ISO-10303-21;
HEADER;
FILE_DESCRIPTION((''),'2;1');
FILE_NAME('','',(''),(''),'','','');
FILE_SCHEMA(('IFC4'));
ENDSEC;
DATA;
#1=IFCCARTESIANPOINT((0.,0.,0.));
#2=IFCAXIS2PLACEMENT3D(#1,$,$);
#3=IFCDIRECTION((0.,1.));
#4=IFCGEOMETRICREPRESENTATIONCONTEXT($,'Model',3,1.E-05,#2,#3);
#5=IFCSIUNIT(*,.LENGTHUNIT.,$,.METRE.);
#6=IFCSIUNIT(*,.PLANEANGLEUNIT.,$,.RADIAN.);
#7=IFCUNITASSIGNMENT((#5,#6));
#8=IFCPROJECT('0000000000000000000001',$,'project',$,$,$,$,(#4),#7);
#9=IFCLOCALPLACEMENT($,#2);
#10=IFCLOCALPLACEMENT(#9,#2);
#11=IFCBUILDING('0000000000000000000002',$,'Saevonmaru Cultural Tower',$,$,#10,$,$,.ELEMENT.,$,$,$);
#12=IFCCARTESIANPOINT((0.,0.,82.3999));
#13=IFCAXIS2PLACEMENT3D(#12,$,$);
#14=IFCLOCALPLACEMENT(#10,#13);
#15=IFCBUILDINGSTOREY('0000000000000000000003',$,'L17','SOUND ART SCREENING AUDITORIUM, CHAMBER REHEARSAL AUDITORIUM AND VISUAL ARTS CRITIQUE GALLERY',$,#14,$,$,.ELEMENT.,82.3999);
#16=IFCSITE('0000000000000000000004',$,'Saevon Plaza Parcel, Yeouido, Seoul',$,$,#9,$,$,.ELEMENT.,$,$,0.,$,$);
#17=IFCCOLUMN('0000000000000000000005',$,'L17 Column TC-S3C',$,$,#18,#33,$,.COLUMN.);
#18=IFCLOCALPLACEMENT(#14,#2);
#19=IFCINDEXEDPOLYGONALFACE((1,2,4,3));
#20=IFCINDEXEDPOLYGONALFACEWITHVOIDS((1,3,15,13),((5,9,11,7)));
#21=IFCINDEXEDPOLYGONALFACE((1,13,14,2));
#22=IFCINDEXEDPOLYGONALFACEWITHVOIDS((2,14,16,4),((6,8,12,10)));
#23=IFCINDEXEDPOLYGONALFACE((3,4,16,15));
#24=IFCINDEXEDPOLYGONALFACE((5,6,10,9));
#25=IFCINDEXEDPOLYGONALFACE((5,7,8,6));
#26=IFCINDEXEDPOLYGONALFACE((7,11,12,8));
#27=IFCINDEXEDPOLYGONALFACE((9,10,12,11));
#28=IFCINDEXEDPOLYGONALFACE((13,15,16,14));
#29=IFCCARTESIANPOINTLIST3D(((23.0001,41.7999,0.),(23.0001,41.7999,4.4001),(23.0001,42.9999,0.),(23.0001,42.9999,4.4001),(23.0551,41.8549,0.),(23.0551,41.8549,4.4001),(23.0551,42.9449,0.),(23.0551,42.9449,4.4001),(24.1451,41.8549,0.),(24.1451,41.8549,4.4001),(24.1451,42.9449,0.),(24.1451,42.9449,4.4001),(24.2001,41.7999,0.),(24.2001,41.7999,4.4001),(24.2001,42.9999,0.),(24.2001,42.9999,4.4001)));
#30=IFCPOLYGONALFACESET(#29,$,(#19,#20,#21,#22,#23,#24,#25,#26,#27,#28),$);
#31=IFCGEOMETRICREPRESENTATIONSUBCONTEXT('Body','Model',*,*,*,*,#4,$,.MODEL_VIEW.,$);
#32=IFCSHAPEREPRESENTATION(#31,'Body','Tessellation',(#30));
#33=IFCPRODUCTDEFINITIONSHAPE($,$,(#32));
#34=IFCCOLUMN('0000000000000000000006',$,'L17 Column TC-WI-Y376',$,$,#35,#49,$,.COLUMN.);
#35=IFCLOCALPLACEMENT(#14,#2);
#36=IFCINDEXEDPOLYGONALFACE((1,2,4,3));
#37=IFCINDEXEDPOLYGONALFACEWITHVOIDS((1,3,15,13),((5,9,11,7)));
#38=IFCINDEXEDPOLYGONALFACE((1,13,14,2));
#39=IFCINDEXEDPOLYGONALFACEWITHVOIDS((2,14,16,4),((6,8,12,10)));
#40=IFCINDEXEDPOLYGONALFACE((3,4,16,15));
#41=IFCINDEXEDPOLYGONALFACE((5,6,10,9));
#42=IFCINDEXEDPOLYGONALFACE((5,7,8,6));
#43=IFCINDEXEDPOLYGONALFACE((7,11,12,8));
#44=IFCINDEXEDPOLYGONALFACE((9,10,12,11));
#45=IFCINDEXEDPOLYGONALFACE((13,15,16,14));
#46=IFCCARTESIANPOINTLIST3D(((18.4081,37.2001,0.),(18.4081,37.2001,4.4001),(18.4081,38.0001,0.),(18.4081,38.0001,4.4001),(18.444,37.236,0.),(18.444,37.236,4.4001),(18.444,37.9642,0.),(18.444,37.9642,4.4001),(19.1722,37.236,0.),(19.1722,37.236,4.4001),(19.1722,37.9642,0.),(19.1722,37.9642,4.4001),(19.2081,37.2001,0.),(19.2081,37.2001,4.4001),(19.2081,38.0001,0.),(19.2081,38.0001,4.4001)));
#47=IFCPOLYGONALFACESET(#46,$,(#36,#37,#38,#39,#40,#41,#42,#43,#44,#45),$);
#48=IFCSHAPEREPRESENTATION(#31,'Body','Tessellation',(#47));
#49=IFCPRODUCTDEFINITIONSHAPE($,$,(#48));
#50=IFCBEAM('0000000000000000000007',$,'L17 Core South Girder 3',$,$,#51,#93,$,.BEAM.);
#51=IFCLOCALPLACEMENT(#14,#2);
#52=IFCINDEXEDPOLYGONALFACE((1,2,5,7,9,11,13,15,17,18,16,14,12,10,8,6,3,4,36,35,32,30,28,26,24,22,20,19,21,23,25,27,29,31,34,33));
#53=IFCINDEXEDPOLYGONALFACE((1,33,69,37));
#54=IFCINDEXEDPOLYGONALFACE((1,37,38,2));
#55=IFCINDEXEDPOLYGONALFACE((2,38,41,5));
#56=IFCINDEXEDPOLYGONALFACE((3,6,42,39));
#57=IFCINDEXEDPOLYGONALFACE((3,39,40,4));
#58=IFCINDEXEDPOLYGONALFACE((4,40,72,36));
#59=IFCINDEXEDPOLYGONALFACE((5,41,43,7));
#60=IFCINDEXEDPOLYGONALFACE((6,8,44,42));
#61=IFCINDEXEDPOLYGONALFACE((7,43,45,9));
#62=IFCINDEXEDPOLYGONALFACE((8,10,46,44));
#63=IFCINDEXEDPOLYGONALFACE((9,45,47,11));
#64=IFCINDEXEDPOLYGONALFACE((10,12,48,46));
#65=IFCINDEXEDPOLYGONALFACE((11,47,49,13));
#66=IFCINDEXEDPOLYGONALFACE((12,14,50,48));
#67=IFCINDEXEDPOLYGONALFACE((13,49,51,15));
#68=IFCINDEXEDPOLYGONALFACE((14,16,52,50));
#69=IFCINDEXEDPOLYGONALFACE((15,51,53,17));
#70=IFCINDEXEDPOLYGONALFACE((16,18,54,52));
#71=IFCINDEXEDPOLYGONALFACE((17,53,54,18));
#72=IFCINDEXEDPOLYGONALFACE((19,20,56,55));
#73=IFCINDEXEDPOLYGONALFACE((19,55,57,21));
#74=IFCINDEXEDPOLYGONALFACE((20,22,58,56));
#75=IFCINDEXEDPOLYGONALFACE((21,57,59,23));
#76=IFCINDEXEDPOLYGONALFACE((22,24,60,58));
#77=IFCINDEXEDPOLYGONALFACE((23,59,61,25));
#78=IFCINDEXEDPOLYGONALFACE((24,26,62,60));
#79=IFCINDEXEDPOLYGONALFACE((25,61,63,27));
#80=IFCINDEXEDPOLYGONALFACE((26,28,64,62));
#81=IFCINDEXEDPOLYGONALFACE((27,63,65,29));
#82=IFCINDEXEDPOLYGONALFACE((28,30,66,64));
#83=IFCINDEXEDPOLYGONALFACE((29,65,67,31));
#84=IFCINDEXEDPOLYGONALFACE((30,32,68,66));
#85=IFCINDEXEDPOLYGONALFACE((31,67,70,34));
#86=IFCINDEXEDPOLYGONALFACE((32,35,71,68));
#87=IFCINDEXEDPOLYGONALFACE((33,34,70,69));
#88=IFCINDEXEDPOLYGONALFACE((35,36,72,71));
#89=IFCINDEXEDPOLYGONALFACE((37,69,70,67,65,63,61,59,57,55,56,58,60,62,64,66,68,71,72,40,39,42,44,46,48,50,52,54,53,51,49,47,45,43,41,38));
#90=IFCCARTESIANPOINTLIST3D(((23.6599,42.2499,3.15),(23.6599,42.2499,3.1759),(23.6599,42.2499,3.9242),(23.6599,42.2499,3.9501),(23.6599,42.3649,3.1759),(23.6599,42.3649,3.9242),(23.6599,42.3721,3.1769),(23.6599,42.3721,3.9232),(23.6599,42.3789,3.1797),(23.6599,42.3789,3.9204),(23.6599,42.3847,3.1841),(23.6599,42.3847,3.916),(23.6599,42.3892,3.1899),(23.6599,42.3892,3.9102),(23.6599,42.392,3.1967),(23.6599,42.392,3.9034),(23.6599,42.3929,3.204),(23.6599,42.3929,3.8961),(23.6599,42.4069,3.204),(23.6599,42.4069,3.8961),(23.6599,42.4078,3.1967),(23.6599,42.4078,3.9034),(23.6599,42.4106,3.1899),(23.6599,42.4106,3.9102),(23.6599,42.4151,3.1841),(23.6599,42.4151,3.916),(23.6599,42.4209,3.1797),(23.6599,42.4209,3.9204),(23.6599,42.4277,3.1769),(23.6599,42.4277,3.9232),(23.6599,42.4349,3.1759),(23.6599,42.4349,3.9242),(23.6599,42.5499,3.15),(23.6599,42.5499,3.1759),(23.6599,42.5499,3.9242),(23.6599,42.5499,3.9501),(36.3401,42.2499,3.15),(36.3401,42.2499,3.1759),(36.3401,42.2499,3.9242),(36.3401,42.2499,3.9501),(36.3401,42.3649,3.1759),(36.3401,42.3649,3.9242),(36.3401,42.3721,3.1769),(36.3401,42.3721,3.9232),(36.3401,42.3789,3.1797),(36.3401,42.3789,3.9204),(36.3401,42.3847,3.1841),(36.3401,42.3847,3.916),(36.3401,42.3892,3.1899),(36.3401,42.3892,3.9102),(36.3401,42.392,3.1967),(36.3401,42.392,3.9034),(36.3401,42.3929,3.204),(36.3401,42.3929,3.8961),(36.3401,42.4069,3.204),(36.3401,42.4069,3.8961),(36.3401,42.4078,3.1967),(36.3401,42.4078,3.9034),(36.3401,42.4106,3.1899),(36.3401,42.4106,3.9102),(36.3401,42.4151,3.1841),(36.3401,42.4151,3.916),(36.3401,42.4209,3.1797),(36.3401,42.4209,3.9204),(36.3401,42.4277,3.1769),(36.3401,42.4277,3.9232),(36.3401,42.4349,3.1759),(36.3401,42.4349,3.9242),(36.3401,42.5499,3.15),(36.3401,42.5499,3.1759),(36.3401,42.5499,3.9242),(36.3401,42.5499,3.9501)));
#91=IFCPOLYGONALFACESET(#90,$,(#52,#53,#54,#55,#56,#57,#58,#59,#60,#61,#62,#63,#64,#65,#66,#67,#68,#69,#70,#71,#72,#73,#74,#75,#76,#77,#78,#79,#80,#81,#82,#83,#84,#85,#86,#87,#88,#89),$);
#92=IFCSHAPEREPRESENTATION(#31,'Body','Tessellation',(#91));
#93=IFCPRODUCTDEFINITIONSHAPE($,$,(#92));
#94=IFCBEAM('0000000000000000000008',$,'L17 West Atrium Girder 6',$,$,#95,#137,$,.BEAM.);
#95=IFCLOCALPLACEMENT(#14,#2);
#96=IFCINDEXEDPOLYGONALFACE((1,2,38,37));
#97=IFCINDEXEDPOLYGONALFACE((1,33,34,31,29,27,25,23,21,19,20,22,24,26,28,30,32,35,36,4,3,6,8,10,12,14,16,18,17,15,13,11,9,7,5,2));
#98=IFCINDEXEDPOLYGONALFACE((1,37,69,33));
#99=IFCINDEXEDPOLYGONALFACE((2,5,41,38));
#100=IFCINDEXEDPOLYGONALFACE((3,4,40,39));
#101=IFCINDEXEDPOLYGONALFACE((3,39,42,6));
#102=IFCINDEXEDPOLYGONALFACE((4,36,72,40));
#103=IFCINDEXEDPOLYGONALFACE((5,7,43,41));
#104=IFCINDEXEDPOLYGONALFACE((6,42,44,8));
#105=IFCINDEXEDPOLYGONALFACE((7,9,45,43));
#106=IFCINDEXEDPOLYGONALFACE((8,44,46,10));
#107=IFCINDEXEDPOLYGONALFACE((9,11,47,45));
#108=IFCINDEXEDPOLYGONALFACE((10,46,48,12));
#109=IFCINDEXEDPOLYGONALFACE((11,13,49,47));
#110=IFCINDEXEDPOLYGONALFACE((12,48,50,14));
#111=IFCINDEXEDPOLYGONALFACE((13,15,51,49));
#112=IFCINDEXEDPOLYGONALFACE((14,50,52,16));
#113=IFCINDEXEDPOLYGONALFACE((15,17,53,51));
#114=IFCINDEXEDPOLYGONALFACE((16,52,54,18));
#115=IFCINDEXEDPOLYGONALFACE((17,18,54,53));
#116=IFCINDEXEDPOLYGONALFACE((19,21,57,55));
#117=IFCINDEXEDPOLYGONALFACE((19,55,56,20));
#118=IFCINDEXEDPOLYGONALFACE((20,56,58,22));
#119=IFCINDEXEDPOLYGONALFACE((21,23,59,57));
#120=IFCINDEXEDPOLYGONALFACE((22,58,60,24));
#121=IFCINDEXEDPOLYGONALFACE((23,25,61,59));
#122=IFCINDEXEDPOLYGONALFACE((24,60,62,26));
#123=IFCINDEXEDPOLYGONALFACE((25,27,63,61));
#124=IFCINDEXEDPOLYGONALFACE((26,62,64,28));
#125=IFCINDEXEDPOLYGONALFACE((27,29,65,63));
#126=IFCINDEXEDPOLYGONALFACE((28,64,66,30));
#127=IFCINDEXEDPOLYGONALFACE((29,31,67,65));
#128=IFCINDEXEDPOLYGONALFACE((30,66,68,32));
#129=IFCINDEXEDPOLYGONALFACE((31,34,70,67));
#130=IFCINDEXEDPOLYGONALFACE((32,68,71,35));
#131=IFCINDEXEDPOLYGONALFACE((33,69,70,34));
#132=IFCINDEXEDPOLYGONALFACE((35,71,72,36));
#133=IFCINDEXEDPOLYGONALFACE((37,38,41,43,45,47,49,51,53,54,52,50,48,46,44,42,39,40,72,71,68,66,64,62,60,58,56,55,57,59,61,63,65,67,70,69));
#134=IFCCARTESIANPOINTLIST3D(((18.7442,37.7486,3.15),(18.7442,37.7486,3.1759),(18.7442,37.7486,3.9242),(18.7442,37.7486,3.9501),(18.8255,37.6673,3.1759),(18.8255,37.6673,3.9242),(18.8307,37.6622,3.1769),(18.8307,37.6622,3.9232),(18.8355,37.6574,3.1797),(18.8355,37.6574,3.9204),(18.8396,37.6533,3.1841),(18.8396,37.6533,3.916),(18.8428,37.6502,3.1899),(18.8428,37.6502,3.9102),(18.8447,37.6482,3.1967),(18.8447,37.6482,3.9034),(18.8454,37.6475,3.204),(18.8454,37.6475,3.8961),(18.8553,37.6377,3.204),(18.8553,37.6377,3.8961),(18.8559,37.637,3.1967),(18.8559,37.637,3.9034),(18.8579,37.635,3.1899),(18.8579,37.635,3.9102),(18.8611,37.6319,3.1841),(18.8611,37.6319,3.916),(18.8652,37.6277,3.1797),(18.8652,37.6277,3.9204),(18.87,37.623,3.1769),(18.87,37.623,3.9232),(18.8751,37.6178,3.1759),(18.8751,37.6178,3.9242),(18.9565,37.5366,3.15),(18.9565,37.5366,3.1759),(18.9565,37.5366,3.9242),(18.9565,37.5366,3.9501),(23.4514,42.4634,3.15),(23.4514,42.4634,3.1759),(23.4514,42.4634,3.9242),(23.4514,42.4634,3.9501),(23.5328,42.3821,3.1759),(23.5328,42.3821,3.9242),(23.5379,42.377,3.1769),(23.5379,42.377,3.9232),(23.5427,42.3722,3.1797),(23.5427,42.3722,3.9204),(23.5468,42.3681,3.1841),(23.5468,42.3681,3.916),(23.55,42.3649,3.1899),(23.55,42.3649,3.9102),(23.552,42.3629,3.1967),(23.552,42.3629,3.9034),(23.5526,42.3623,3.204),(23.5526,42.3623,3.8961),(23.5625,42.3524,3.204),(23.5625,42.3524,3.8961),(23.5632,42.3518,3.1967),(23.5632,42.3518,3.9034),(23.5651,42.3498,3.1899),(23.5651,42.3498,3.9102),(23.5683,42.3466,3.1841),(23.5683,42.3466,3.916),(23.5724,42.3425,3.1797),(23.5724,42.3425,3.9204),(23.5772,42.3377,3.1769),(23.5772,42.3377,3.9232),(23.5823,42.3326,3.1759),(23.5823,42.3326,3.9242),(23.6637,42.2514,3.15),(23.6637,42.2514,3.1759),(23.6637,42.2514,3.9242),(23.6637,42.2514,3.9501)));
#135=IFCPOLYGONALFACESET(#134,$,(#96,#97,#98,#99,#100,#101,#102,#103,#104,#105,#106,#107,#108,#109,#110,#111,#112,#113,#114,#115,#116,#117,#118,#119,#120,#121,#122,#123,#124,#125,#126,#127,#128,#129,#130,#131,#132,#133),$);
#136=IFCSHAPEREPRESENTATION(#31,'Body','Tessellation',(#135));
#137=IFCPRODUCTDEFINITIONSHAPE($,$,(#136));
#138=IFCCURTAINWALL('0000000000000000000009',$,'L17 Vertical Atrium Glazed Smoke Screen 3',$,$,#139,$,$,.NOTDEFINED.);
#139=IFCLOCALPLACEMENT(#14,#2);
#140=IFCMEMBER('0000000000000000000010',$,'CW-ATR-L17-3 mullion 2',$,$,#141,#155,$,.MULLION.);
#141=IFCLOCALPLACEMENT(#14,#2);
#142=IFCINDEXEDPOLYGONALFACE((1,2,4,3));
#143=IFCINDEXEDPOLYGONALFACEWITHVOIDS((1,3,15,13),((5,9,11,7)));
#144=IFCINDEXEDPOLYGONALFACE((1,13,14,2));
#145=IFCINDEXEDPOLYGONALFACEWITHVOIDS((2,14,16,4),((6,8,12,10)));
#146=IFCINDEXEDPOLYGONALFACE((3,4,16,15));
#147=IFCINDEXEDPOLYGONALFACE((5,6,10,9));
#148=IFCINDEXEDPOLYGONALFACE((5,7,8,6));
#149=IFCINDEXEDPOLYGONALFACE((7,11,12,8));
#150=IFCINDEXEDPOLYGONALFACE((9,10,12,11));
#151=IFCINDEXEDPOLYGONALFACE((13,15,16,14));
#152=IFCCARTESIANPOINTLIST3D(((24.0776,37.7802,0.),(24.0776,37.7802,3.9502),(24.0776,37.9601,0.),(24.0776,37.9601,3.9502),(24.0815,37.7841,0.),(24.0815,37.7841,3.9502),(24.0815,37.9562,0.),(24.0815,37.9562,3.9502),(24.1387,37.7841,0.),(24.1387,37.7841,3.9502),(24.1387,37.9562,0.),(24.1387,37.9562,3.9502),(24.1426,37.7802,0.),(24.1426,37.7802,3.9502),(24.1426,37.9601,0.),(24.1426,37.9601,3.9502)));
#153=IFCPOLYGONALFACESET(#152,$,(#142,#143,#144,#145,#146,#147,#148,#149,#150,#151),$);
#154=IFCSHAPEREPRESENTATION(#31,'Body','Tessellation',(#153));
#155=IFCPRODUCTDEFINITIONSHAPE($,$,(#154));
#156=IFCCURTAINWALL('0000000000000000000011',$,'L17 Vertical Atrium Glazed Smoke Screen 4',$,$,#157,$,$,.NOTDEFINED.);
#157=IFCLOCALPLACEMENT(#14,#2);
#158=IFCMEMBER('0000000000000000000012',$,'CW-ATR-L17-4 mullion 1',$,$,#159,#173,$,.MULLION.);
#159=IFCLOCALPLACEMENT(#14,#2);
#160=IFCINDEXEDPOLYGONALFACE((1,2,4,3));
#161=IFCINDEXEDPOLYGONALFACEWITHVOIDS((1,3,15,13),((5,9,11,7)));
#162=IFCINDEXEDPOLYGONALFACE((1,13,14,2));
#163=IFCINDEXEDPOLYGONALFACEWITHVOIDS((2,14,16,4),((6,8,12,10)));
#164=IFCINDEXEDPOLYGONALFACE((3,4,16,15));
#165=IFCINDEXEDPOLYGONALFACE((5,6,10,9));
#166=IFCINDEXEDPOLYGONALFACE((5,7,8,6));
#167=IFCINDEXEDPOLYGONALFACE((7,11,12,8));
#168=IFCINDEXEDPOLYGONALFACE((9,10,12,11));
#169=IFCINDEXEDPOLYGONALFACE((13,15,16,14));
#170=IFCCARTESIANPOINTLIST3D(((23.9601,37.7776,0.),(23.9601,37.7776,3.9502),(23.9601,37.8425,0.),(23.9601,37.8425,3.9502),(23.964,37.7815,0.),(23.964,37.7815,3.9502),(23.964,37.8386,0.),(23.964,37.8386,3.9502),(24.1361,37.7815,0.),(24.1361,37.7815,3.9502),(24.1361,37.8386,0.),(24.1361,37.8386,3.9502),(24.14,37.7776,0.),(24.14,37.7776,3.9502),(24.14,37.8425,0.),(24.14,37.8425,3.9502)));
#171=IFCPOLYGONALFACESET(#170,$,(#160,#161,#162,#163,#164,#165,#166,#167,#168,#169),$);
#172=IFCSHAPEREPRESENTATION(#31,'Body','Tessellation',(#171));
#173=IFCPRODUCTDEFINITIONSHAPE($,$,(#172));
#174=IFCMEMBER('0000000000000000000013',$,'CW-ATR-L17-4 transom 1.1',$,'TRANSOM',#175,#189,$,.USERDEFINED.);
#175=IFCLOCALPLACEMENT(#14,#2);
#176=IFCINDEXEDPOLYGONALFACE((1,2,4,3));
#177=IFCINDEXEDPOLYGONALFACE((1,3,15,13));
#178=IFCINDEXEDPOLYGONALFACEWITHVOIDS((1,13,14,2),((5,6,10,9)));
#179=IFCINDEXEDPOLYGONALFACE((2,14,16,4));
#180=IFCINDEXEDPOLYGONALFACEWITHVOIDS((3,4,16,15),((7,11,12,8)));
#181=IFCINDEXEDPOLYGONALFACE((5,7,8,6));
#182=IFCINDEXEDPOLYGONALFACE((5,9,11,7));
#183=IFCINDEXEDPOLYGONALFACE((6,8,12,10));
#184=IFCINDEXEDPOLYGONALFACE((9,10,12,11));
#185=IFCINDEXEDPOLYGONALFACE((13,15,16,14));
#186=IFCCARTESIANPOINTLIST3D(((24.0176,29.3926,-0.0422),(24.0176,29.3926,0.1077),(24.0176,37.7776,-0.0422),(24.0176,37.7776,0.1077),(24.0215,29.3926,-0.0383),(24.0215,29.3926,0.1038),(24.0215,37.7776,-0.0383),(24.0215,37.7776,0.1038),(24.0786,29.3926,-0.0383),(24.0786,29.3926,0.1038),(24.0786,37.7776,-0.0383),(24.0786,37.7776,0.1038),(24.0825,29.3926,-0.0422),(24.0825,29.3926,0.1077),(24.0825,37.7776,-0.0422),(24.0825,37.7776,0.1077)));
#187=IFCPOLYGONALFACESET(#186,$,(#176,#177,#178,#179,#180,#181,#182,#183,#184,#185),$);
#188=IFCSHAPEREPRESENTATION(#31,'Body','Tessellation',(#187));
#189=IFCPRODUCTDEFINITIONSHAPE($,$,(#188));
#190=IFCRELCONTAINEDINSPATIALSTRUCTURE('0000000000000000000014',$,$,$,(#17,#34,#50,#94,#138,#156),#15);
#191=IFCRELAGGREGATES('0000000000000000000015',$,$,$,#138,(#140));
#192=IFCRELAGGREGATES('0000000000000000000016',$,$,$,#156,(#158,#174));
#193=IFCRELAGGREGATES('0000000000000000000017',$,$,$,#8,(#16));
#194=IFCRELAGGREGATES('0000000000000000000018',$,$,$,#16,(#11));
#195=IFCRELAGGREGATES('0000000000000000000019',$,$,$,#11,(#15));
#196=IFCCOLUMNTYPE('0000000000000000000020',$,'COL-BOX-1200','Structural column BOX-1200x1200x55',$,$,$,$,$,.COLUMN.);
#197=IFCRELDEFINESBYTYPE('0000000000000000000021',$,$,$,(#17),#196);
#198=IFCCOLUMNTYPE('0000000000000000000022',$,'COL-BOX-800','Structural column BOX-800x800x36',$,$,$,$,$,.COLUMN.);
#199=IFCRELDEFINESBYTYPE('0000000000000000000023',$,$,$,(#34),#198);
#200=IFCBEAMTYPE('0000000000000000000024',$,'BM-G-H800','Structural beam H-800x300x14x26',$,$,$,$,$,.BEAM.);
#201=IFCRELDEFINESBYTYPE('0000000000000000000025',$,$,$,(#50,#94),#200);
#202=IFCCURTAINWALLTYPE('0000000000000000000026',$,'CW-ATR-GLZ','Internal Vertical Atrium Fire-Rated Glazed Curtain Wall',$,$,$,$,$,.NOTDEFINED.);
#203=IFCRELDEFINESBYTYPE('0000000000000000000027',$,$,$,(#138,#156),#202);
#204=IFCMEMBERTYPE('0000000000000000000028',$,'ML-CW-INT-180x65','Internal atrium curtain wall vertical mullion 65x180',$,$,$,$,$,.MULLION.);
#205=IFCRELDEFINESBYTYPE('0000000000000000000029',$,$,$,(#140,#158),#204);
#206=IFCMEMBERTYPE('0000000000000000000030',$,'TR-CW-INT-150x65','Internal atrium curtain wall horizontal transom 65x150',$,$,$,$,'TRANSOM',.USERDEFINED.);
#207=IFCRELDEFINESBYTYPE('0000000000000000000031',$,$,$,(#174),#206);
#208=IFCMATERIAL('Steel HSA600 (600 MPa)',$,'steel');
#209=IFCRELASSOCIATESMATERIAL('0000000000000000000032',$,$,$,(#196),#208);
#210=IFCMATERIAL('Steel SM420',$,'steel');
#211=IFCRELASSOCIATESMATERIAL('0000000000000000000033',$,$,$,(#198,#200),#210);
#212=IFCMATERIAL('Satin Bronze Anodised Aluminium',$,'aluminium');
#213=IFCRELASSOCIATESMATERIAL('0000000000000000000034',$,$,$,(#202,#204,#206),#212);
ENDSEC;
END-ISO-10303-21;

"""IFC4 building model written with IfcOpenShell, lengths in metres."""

from ifc_helpers import new_model, si_unit, direction, frame, origin, origin_2d, place, context, subcontext, project, spatial, hollow_rectangle, i_section, extrude, material, material_profile, profile_set, type_object, element, aggregate, save


model = new_model("IFC4")

# Units and contexts
model_context = context("Model", 3, precision=1e-05, world=origin(), true_north=direction((0.0, 1.0)))
body_context = subcontext(model_context, "Body", "Model", "MODEL_VIEW")
ifc_project = project(units=[si_unit("LENGTHUNIT", "METRE"), si_unit("PLANEANGLEUNIT", "RADIAN")], contexts=[model_context])

# Site, building, storey
site_placement = place(None, origin())
site = spatial("IfcSite", under=ifc_project, at=site_placement, Name="Saevon Plaza Parcel, Yeouido, Seoul", CompositionType="ELEMENT", RefElevation=0.0)
building_placement = place(site_placement, origin())
building = spatial("IfcBuilding", under=site, at=building_placement, Name="Saevonmaru Cultural Tower", CompositionType="ELEMENT")
storey_placement = place(building_placement, frame((0.0, 0.0, 82.3999)))
storey = spatial("IfcBuildingStorey", under=building, at=storey_placement, Name="L17", Description="SOUND ART SCREENING AUDITORIUM, CHAMBER REHEARSAL AUDITORIUM AND VISUAL ARTS CRITIQUE GALLERY", CompositionType="ELEMENT", Elevation=82.3999)

# Columns
ifc_material_1 = material(Name="Steel HSA600 (600 MPa)", Category="steel")
ifc_material_profile_1 = material_profile(ifc_material_1, hollow_rectangle(XDim=1.2, YDim=1.2, WallThickness=0.0549, at=origin_2d()), Name="BOX-1200x1200x55")
ifc_profile_set_1 = profile_set([ifc_material_profile_1], Name="Steel HSA600 (600 MPa)")
column_type_1 = type_object("IfcColumnType", Name="COL-BOX-1200", Description="Structural column BOX-1200x1200x55", PredefinedType="COLUMN", material=ifc_profile_set_1)
column_1_placement = place(storey_placement, frame((23.6001, 42.3999, 0.0), z_axis=(0.0, 0.0, 1.0), x_axis=(1.0, 0.0, 0.0)))
element("IfcColumn", 1, at=column_1_placement, inside=storey, type_object=column_type_1, Name="L17 Column TC-S3C", PredefinedType="COLUMN", context=body_context, shape_type="SweptSolid", body=[
    extrude(hollow_rectangle(XDim=1.2, YDim=1.2, WallThickness=0.0549, at=origin_2d()), origin(), (0.0, 0.0, 1.0), 4.4001),
])
ifc_material_2 = material(Name="Steel SM420", Category="steel")
ifc_material_profile_2 = material_profile(ifc_material_2, hollow_rectangle(XDim=0.8, YDim=0.8, WallThickness=0.0359, at=origin_2d()), Name="BOX-800x800x36")
ifc_profile_set_2 = profile_set([ifc_material_profile_2], Name="Steel SM420")
column_type_2 = type_object("IfcColumnType", Name="COL-BOX-800", Description="Structural column BOX-800x800x36", PredefinedType="COLUMN", material=ifc_profile_set_2)
column_2_placement = place(storey_placement, frame((18.8081, 37.6001, 0.0), z_axis=(0.0, 0.0, 1.0), x_axis=(1.0, 0.0, 0.0)))
element("IfcColumn", 2, at=column_2_placement, inside=storey, type_object=column_type_2, Name="L17 Column TC-WI-Y376", PredefinedType="COLUMN", context=body_context, shape_type="SweptSolid", body=[
    extrude(hollow_rectangle(XDim=0.8, YDim=0.8, WallThickness=0.0359, at=origin_2d()), origin(), (0.0, 0.0, 1.0), 4.4001),
])

# Beams
ifc_material_profile_3 = material_profile(ifc_material_2, i_section(OverallWidth=0.3, OverallDepth=0.8, WebThickness=0.0139, FlangeThickness=0.0259, FilletRadius=0.0281, at=origin_2d()), Name="H-800x300x14x26")
ifc_profile_set_3 = profile_set([ifc_material_profile_3], Name="Steel SM420")
beam_type = type_object("IfcBeamType", Name="BM-G-H800", Description="Structural beam H-800x300x14x26", PredefinedType="BEAM", material=ifc_profile_set_3)
beam_1_placement = place(storey_placement, frame((23.6599, 42.3999, 3.55), z_axis=(1.0, 0.0, 0.0), x_axis=(0.0, 1.0, 0.0)))
element("IfcBeam", 3, at=beam_1_placement, inside=storey, type_object=beam_type, Name="L17 Core South Girder 3", PredefinedType="BEAM", context=body_context, shape_type="SweptSolid", body=[
    extrude(i_section(OverallWidth=0.3, OverallDepth=0.8, WebThickness=0.0139, FlangeThickness=0.0259, FilletRadius=0.0281, at=origin_2d()), origin(), (0.0, 0.0, 1.0), 12.6802),
])
beam_2_placement = place(storey_placement, frame((18.8503, 37.6426, 3.55), z_axis=(0.706539, 0.707675, 0.0), x_axis=(-0.707675, 0.706539, 0.0)))
element("IfcBeam", 4, at=beam_2_placement, inside=storey, type_object=beam_type, Name="L17 West Atrium Girder 6", PredefinedType="BEAM", context=body_context, shape_type="SweptSolid", body=[
    extrude(i_section(OverallWidth=0.3, OverallDepth=0.8, WebThickness=0.0139, FlangeThickness=0.0259, FilletRadius=0.0281, at=origin_2d()), origin(), (0.0, 0.0, 1.0), 6.6624),
])

# Curtain wall, member
ifc_material_3 = material(Name="Satin Bronze Anodised Aluminium", Category="aluminium")
curtain_wall_type = type_object("IfcCurtainWallType", Name="CW-ATR-GLZ", Description="Internal Vertical Atrium Fire-Rated Glazed Curtain Wall", PredefinedType="NOTDEFINED", material=ifc_material_3)
curtain_wall_1_placement = place(storey_placement, origin())
curtain_wall_1 = element("IfcCurtainWall", 5, at=curtain_wall_1_placement, inside=storey, type_object=curtain_wall_type, Name="L17 Vertical Atrium Glazed Smoke Screen 3", PredefinedType="NOTDEFINED")
ifc_material_profile_4 = material_profile(ifc_material_3, hollow_rectangle(XDim=0.0649, YDim=0.1799, WallThickness=0.0039, at=origin_2d()), Name="ALU-MULL-180x65x4")
ifc_profile_set_4 = profile_set([ifc_material_profile_4], Name="Satin Bronze Anodised Aluminium")
member_type_1 = type_object("IfcMemberType", Name="ML-CW-INT-180x65", Description="Internal atrium curtain wall vertical mullion 65x180", PredefinedType="MULLION", material=ifc_profile_set_4)
member_1_placement = place(storey_placement, frame((24.1101, 37.8701, 0.0), z_axis=(0.0, 0.0, 1.0), x_axis=(-1.0, 0.0, 0.0)))
member_1 = element("IfcMember", 6, at=member_1_placement, type_object=member_type_1, Name="CW-ATR-L17-3 mullion 2", PredefinedType="MULLION", context=body_context, shape_type="SweptSolid", body=[
    extrude(hollow_rectangle(XDim=0.0649, YDim=0.1799, WallThickness=0.0039, at=origin_2d()), origin(), (0.0, 0.0, 1.0), 3.9502),
])
aggregate(curtain_wall_1, [member_1])

# Curtain wall, members
curtain_wall_2_placement = place(storey_placement, origin())
curtain_wall_2 = element("IfcCurtainWall", 7, at=curtain_wall_2_placement, inside=storey, type_object=curtain_wall_type, Name="L17 Vertical Atrium Glazed Smoke Screen 4", PredefinedType="NOTDEFINED")
member_2_placement = place(storey_placement, frame((24.05, 37.8101, 0.0), z_axis=(0.0, 0.0, 1.0), x_axis=(0.0, -1.0, 0.0)))
member_2 = element("IfcMember", 8, at=member_2_placement, type_object=member_type_1, Name="CW-ATR-L17-4 mullion 1", PredefinedType="MULLION", context=body_context, shape_type="SweptSolid", body=[
    extrude(hollow_rectangle(XDim=0.0649, YDim=0.1799, WallThickness=0.0039, at=origin_2d()), origin(), (0.0, 0.0, 1.0), 3.9502),
])
ifc_material_profile_5 = material_profile(ifc_material_3, hollow_rectangle(XDim=0.0649, YDim=0.1499, WallThickness=0.0039, at=origin_2d()), Name="ALU-TRAN-150x65x4")
ifc_profile_set_5 = profile_set([ifc_material_profile_5], Name="Satin Bronze Anodised Aluminium")
member_type_2 = type_object("IfcMemberType", Name="TR-CW-INT-150x65", Description="Internal atrium curtain wall horizontal transom 65x150", ElementType="TRANSOM", PredefinedType="USERDEFINED", material=ifc_profile_set_5)
member_3_placement = place(storey_placement, frame((24.05, 37.7776, 0.0327), z_axis=(0.0, -1.0, 0.0), x_axis=(1.0, 0.0, 0.0)))
member_3 = element("IfcMember", 9, at=member_3_placement, type_object=member_type_2, Name="CW-ATR-L17-4 transom 1.1", ObjectType="TRANSOM", PredefinedType="USERDEFINED", context=body_context, shape_type="SweptSolid", body=[
    extrude(hollow_rectangle(XDim=0.0649, YDim=0.1499, WallThickness=0.0039, at=origin_2d()), origin(), (0.0, 0.0, 1.0), 8.385),
])
aggregate(curtain_wall_2, [member_2, member_3])

save(model, "model.ifc")
